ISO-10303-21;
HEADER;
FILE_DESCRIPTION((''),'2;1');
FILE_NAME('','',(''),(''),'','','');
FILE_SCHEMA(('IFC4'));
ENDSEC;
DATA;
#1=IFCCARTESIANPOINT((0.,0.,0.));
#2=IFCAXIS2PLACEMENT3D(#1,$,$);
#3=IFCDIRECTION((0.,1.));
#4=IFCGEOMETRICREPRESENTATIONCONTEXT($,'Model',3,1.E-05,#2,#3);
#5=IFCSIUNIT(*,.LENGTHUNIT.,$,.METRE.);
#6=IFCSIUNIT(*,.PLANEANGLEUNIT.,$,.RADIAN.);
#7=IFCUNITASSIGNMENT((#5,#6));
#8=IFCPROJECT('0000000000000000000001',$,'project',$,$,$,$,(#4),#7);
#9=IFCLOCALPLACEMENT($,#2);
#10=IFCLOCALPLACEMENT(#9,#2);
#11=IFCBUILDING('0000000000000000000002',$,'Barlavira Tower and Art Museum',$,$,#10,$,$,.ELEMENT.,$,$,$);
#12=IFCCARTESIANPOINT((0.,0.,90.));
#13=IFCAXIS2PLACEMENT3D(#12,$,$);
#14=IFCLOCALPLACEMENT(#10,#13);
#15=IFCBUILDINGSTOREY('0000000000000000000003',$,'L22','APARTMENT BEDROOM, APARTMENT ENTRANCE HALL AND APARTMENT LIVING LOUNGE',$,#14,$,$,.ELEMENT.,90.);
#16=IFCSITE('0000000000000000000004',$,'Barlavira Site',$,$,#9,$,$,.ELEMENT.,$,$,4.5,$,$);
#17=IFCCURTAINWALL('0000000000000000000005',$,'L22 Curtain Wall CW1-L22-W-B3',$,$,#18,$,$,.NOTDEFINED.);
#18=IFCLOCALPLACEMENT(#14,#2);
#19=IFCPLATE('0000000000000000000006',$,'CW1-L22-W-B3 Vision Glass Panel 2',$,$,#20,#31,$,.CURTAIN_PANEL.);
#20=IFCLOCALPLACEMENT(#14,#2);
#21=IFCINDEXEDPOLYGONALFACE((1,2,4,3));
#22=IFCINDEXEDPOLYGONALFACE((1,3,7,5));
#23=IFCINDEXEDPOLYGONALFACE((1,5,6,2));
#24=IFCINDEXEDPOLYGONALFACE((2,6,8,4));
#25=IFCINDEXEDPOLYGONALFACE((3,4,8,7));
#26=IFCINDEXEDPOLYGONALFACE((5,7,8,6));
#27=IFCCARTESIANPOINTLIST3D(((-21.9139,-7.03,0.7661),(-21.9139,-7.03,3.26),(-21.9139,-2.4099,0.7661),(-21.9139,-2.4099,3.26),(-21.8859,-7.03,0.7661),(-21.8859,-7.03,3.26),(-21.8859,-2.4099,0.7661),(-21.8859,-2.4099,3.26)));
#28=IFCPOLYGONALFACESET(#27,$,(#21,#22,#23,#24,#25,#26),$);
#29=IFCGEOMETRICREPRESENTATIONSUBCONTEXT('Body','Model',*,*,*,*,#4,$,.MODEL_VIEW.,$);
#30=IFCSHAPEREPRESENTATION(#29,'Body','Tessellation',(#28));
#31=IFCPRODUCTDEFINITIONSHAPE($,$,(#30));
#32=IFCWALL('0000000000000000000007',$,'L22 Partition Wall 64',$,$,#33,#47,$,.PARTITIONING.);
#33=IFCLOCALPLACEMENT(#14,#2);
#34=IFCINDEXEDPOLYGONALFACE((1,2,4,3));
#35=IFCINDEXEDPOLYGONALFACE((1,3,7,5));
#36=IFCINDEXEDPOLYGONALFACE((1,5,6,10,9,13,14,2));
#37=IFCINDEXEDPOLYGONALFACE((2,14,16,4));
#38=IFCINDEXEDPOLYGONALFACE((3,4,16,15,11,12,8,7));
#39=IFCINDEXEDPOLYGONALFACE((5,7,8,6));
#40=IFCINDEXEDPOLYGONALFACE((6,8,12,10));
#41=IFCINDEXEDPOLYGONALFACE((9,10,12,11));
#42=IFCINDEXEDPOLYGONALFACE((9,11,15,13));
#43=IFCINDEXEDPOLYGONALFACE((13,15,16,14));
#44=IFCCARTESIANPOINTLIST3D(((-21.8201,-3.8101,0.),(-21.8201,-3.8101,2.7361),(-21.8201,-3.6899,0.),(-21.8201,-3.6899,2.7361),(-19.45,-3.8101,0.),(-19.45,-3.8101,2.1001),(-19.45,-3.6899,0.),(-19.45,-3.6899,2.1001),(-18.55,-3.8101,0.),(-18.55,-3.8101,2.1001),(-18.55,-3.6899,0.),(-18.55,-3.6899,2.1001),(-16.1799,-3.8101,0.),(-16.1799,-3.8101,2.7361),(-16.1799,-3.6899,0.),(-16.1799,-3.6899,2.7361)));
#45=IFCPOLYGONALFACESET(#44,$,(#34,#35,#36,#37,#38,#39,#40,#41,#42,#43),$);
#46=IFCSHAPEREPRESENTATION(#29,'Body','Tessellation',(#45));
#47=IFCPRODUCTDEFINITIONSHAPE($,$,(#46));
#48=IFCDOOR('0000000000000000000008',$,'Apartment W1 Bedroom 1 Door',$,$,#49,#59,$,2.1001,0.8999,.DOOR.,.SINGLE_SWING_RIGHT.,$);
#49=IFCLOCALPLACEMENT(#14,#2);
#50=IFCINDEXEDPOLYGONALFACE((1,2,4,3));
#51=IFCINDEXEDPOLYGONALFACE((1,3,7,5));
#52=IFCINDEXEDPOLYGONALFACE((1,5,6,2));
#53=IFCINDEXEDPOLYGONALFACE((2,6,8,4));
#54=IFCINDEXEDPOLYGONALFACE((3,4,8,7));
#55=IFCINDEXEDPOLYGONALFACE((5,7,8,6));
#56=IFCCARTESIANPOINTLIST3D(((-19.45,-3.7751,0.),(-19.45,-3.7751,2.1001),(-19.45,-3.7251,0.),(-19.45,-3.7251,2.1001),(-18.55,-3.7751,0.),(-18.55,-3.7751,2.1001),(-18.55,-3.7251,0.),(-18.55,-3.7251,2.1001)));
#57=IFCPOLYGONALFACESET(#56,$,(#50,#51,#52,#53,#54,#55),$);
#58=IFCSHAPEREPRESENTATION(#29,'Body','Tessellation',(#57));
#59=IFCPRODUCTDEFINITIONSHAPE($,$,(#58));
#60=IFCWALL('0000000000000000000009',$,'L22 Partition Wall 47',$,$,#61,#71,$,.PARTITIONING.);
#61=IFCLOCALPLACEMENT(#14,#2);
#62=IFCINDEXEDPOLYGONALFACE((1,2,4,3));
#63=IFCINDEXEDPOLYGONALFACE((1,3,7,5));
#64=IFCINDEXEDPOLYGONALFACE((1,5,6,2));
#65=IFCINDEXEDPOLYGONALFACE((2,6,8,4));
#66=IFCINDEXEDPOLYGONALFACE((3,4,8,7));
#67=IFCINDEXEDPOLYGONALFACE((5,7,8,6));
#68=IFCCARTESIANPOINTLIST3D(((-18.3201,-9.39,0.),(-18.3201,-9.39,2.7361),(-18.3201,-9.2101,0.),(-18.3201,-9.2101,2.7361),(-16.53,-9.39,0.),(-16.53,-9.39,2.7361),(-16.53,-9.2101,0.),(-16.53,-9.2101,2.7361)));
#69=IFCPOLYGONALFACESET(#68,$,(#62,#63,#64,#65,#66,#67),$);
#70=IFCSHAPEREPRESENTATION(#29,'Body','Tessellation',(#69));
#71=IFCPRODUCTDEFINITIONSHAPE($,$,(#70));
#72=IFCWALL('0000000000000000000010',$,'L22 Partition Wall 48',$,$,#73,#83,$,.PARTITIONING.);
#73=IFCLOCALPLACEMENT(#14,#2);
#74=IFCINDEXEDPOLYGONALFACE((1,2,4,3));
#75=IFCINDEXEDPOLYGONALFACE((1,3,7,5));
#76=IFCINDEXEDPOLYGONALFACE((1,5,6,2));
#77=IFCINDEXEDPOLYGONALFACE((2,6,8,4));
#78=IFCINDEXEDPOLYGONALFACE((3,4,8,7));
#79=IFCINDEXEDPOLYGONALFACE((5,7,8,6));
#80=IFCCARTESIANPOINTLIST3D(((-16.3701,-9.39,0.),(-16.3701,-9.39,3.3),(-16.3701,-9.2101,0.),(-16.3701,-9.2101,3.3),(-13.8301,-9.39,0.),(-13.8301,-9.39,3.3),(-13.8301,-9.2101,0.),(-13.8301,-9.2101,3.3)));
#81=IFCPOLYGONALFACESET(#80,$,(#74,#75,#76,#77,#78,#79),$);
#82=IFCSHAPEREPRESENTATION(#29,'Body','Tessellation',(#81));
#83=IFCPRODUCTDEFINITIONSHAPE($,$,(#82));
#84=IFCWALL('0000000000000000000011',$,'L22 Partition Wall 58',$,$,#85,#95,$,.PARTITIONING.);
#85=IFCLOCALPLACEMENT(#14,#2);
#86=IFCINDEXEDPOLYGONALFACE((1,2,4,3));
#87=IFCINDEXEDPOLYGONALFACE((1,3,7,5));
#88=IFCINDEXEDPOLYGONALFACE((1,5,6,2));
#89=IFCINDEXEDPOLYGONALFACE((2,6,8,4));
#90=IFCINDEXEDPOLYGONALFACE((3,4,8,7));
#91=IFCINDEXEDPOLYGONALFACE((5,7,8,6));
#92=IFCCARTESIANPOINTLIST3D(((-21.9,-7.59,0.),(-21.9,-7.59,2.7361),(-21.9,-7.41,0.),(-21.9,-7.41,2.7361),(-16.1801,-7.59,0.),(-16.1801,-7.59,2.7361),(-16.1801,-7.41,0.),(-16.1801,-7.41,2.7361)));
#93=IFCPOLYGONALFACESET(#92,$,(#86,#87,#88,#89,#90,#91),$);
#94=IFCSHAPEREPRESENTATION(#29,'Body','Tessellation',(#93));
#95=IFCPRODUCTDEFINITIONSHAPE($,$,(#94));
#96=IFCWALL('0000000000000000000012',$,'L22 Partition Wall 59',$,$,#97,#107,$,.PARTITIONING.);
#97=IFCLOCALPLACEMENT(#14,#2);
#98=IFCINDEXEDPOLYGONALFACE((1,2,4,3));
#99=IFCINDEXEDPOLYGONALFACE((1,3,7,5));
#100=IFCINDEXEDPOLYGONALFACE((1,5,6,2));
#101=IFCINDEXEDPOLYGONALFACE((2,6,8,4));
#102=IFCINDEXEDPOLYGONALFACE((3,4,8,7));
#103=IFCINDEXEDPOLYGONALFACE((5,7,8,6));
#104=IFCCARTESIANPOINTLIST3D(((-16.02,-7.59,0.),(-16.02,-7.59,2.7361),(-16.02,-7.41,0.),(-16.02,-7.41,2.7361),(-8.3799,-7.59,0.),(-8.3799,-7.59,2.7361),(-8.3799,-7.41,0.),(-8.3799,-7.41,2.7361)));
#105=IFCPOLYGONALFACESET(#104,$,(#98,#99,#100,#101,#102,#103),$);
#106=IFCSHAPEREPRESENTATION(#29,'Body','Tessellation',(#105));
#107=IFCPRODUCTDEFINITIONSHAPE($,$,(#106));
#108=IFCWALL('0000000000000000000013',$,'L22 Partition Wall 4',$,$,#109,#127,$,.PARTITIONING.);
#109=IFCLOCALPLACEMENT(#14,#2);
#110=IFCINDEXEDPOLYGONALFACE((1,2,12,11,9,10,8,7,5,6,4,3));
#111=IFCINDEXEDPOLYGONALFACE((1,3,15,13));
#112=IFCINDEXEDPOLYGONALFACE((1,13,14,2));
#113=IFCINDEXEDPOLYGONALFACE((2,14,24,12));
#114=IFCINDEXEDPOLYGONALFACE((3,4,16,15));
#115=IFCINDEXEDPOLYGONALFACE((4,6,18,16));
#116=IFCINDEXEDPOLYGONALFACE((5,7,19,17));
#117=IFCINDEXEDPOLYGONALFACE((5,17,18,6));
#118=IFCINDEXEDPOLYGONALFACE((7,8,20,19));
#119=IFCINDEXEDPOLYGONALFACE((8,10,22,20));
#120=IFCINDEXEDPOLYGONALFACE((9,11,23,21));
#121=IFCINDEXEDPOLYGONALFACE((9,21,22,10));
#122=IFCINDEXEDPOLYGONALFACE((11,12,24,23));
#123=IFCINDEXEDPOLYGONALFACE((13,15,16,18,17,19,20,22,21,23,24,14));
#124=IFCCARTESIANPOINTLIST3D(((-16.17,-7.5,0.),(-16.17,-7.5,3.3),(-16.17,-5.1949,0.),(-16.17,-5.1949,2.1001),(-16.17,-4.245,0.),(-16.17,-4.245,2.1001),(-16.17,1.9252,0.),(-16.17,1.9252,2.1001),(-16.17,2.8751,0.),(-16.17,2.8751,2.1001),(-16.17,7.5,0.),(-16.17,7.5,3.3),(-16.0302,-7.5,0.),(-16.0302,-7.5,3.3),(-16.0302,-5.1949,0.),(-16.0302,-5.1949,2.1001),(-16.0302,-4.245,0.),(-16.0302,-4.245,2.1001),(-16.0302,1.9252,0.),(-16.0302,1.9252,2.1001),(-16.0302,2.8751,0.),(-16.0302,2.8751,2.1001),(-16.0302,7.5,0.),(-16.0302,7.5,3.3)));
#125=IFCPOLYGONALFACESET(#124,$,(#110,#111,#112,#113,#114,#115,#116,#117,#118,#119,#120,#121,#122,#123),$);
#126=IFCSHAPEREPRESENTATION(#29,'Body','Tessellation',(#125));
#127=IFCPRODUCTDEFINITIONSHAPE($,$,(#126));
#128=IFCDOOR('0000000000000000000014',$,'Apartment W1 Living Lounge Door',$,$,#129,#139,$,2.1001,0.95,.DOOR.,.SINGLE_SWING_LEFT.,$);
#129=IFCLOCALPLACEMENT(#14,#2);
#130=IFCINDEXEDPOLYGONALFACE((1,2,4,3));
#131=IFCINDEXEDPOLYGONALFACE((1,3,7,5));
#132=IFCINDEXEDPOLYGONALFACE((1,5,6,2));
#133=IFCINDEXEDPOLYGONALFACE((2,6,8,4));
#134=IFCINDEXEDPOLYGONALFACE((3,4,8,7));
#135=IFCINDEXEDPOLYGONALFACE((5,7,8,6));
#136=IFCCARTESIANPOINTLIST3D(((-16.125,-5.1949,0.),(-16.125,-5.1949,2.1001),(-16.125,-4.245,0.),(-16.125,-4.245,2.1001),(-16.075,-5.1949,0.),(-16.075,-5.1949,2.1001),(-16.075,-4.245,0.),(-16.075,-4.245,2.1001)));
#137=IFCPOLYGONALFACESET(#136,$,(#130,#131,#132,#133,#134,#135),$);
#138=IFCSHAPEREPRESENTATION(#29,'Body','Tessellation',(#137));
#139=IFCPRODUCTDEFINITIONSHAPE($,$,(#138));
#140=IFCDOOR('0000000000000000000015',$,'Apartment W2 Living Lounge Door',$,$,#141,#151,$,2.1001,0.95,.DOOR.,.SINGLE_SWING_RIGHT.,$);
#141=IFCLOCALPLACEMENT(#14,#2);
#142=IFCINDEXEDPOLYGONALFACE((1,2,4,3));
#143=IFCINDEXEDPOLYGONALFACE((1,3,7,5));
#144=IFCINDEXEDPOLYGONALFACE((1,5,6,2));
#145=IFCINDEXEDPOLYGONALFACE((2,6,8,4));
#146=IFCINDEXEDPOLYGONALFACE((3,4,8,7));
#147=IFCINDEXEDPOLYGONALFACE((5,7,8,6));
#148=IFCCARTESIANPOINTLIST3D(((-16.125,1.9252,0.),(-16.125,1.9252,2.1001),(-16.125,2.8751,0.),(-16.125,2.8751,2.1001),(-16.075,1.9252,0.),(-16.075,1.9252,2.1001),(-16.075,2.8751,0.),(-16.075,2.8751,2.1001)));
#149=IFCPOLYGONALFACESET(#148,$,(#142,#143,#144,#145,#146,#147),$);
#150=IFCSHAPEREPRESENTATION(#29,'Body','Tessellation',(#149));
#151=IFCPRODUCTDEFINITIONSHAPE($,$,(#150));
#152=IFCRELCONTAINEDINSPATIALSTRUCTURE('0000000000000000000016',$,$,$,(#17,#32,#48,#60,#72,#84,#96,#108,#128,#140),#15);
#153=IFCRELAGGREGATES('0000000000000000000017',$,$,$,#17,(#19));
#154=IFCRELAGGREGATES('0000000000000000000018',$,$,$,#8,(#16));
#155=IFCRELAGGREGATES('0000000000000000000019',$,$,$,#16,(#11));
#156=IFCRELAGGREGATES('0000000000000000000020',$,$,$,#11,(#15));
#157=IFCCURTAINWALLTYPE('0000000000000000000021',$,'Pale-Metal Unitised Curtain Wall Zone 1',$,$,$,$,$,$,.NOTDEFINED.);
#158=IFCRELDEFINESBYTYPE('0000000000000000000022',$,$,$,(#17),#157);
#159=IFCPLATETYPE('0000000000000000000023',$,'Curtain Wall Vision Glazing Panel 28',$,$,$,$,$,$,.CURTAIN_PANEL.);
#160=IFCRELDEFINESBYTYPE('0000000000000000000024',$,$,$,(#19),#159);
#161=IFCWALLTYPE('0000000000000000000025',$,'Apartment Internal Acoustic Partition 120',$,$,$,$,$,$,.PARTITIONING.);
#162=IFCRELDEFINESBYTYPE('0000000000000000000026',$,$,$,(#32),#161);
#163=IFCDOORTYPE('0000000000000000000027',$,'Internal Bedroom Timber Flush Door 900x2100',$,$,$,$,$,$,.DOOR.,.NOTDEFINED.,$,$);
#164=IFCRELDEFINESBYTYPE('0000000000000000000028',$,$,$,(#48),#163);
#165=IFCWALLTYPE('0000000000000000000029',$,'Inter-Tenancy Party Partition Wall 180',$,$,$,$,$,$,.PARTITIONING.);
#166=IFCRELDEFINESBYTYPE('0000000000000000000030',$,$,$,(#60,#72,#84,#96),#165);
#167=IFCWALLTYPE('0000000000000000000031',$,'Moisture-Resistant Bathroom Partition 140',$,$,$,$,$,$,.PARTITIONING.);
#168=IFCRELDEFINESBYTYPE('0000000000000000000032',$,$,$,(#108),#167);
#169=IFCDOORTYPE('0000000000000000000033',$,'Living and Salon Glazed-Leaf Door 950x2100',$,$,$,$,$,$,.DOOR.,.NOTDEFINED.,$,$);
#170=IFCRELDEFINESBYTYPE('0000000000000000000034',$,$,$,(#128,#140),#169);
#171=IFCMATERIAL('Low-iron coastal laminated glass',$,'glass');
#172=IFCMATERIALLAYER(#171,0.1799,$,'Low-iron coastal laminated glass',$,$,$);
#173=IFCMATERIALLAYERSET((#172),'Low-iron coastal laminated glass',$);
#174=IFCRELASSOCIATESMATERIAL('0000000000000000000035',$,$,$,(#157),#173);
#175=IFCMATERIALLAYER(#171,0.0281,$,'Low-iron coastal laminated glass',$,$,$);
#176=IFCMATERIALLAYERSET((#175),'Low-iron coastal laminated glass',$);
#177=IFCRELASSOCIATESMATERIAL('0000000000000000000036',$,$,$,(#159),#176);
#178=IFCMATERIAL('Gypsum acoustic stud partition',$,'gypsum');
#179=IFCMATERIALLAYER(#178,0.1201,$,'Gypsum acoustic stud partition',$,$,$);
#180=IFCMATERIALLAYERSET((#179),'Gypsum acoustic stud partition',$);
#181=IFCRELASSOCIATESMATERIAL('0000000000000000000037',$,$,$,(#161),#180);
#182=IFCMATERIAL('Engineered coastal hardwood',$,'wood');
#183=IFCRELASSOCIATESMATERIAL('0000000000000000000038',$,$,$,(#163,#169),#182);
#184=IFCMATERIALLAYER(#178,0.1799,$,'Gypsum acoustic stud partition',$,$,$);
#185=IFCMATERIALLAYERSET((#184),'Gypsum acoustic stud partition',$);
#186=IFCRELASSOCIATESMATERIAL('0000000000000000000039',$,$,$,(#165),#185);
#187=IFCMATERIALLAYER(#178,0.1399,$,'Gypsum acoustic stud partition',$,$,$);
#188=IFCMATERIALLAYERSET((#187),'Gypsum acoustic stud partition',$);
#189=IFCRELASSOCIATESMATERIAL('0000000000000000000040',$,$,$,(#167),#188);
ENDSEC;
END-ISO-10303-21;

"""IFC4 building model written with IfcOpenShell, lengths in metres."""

from ifc_helpers import new_model, si_unit, direction, frame, frame_2d, origin, origin_2d, place, context, subcontext, project, spatial, rectangle, extrude, material, layer, layer_set, type_object, element, fill, aggregate, save


model = new_model("IFC4")

# Units and contexts
model_context = context("Model", 3, precision=1e-05, world=origin(), true_north=direction((0.0, 1.0)))
body_context = subcontext(model_context, "Body", "Model", "MODEL_VIEW")
ifc_project = project(units=[si_unit("LENGTHUNIT", "METRE"), si_unit("PLANEANGLEUNIT", "RADIAN")], contexts=[model_context])

# Site, building, storey
site_placement = place(None, origin())
site = spatial("IfcSite", under=ifc_project, at=site_placement, Name="Barlavira Site", CompositionType="ELEMENT", RefElevation=4.5)
building_placement = place(site_placement, origin())
building = spatial("IfcBuilding", under=site, at=building_placement, Name="Barlavira Tower and Art Museum", CompositionType="ELEMENT")
storey_placement = place(building_placement, frame((0.0, 0.0, 90.0)))
storey = spatial("IfcBuildingStorey", under=building, at=storey_placement, Name="L22", Description="APARTMENT BEDROOM, APARTMENT ENTRANCE HALL AND APARTMENT LIVING LOUNGE", CompositionType="ELEMENT", Elevation=90.0)

# Curtain wall
ifc_material_1 = material(Name="Low-iron coastal laminated glass", Category="glass")
ifc_layer_1 = layer(ifc_material_1, 0.1799, Name="Low-iron coastal laminated glass")
ifc_layer_set_1 = layer_set([ifc_layer_1], Name="Low-iron coastal laminated glass")
curtain_wall_type = type_object("IfcCurtainWallType", Name="Pale-Metal Unitised Curtain Wall Zone 1", PredefinedType="NOTDEFINED", material=ifc_layer_set_1)
curtain_wall_placement = place(storey_placement, origin())
curtain_wall = element("IfcCurtainWall", 1, at=curtain_wall_placement, inside=storey, type_object=curtain_wall_type, Name="L22 Curtain Wall CW1-L22-W-B3", PredefinedType="NOTDEFINED")

# Plate
ifc_layer_2 = layer(ifc_material_1, 0.0281, Name="Low-iron coastal laminated glass")
ifc_layer_set_2 = layer_set([ifc_layer_2], Name="Low-iron coastal laminated glass")
plate_type_1 = type_object("IfcPlateType", Name="Curtain Wall Vision Glazing Panel 28", PredefinedType="CURTAIN_PANEL", material=ifc_layer_set_2)
plate_1_placement = place(storey_placement, frame((-21.8999, -4.72, 0.7661), z_axis=(0.0, 0.0, 1.0), x_axis=(0.0, -1.0, 0.0)))
plate_1 = element("IfcPlate", 2, at=plate_1_placement, type_object=plate_type_1, Name="CW1-L22-W-B3 Vision Glass Panel 2", PredefinedType="CURTAIN_PANEL", context=body_context, shape_type="SweptSolid", body=[
    extrude(rectangle(XDim=4.6201, YDim=0.0281, at=origin_2d()), origin(), (0.0, 0.0, 1.0), 2.4939),
])
aggregate(curtain_wall, [plate_1])

# Wall, opening, door
ifc_material_2 = material(Name="Gypsum acoustic stud partition", Category="gypsum")
ifc_layer_3 = layer(ifc_material_2, 0.1201, Name="Gypsum acoustic stud partition")
ifc_layer_set_3 = layer_set([ifc_layer_3], Name="Gypsum acoustic stud partition")
wall_type_1 = type_object("IfcWallType", Name="Apartment Internal Acoustic Partition 120", PredefinedType="PARTITIONING", material=ifc_layer_set_3)
wall_1_placement = place(storey_placement, frame((-21.8201, -3.75, 0.0), z_axis=(0.0, 0.0, 1.0), x_axis=(1.0, 0.0, 0.0)))
wall_1 = element("IfcWall", 3, at=wall_1_placement, inside=storey, type_object=wall_type_1, Name="L22 Partition Wall 64", PredefinedType="PARTITIONING", context=body_context, shape_type="SweptSolid", body=[
    extrude(rectangle(XDim=5.6401, YDim=0.1201, at=frame_2d((2.8201, 0.0))), origin(), (0.0, 0.0, 1.0), 2.7361),
])
opening_1_placement = place(wall_1_placement, frame((2.3701, 0.0, 0.0)))
opening_1 = element("IfcOpeningElement", 4, at=opening_1_placement, cuts=wall_1, PredefinedType="OPENING", context=body_context, shape_type="SweptSolid", body=[
    extrude(rectangle(XDim=0.8999, YDim=2.1001, at=frame_2d((0.45, 1.05))), frame((0.0, 0.0701, 0.0), z_axis=(0.0, -1.0, 0.0), x_axis=(1.0, 0.0, 0.0)), (0.0, 0.0, 1.0), 0.1401),
])
ifc_material_3 = material(Name="Engineered coastal hardwood", Category="wood")
door_type_1 = type_object("IfcDoorType", Name="Internal Bedroom Timber Flush Door 900x2100", OperationType="NOTDEFINED", PredefinedType="DOOR", material=ifc_material_3)
door_1_placement = place(opening_1_placement, origin())
door_1 = element("IfcDoor", 5, at=door_1_placement, inside=storey, type_object=door_type_1, Name="Apartment W1 Bedroom 1 Door", OperationType="SINGLE_SWING_RIGHT", OverallHeight=2.1001, OverallWidth=0.8999, PredefinedType="DOOR", context=body_context, shape_type="SweptSolid", body=[
    extrude(rectangle(XDim=0.8999, YDim=2.1001, at=frame_2d((0.45, 1.05))), frame((0.0, 0.0249, 0.0), z_axis=(0.0, -1.0, 0.0), x_axis=(1.0, 0.0, 0.0)), (0.0, 0.0, 1.0), 0.05),
])
fill(opening_1, door_1)

# Walls
ifc_layer_4 = layer(ifc_material_2, 0.1799, Name="Gypsum acoustic stud partition")
ifc_layer_set_4 = layer_set([ifc_layer_4], Name="Gypsum acoustic stud partition")
wall_type_2 = type_object("IfcWallType", Name="Inter-Tenancy Party Partition Wall 180", PredefinedType="PARTITIONING", material=ifc_layer_set_4)
wall_2_placement = place(storey_placement, frame((-18.3201, -9.3, 0.0), z_axis=(0.0, 0.0, 1.0), x_axis=(1.0, 0.0, 0.0)))
element("IfcWall", 6, at=wall_2_placement, inside=storey, type_object=wall_type_2, Name="L22 Partition Wall 47", PredefinedType="PARTITIONING", context=body_context, shape_type="SweptSolid", body=[
    extrude(rectangle(XDim=1.79, YDim=0.1799, at=frame_2d((0.895, 0.0))), origin(), (0.0, 0.0, 1.0), 2.7361),
])
wall_3_placement = place(storey_placement, frame((-16.3701, -9.3, 0.0), z_axis=(0.0, 0.0, 1.0), x_axis=(1.0, 0.0, 0.0)))
element("IfcWall", 7, at=wall_3_placement, inside=storey, type_object=wall_type_2, Name="L22 Partition Wall 48", PredefinedType="PARTITIONING", context=body_context, shape_type="SweptSolid", body=[
    extrude(rectangle(XDim=2.54, YDim=0.1799, at=frame_2d((1.27, 0.0))), origin(), (0.0, 0.0, 1.0), 3.3),
])
wall_4_placement = place(storey_placement, frame((-21.8999, -7.5, 0.0), z_axis=(0.0, 0.0, 1.0), x_axis=(1.0, 0.0, 0.0)))
element("IfcWall", 8, at=wall_4_placement, inside=storey, type_object=wall_type_2, Name="L22 Partition Wall 58", PredefinedType="PARTITIONING", context=body_context, shape_type="SweptSolid", body=[
    extrude(rectangle(XDim=5.72, YDim=0.1799, at=frame_2d((2.8599, 0.0))), origin(), (0.0, 0.0, 1.0), 2.7361),
])
wall_5_placement = place(storey_placement, frame((-16.02, -7.5, 0.0), z_axis=(0.0, 0.0, 1.0), x_axis=(1.0, 0.0, 0.0)))
element("IfcWall", 9, at=wall_5_placement, inside=storey, type_object=wall_type_2, Name="L22 Partition Wall 59", PredefinedType="PARTITIONING", context=body_context, shape_type="SweptSolid", body=[
    extrude(rectangle(XDim=7.6401, YDim=0.1799, at=frame_2d((3.8201, 0.0))), origin(), (0.0, 0.0, 1.0), 2.7361),
])

# Wall, openings, doors
ifc_layer_5 = layer(ifc_material_2, 0.1399, Name="Gypsum acoustic stud partition")
ifc_layer_set_5 = layer_set([ifc_layer_5], Name="Gypsum acoustic stud partition")
wall_type_3 = type_object("IfcWallType", Name="Moisture-Resistant Bathroom Partition 140", PredefinedType="PARTITIONING", material=ifc_layer_set_5)
wall_6_placement = place(storey_placement, frame((-16.1001, -7.5, 0.0), z_axis=(0.0, 0.0, 1.0), x_axis=(0.0, 1.0, 0.0)))
wall_6 = element("IfcWall", 10, at=wall_6_placement, inside=storey, type_object=wall_type_3, Name="L22 Partition Wall 4", PredefinedType="PARTITIONING", context=body_context, shape_type="SweptSolid", body=[
    extrude(rectangle(XDim=15.0, YDim=0.1399, at=frame_2d((7.5, 0.0))), origin(), (0.0, 0.0, 1.0), 3.3),
])
opening_2_placement = place(wall_6_placement, frame((2.3049, 0.0, 0.0)))
opening_2 = element("IfcOpeningElement", 11, at=opening_2_placement, cuts=wall_6, PredefinedType="OPENING", context=body_context, shape_type="SweptSolid", body=[
    extrude(rectangle(XDim=0.95, YDim=2.1001, at=frame_2d((0.4751, 1.05))), frame((0.0, 0.0801, 0.0), z_axis=(0.0, -1.0, 0.0), x_axis=(1.0, 0.0, 0.0)), (0.0, 0.0, 1.0), 0.1599),
])
opening_3_placement = place(wall_6_placement, frame((9.425, 0.0, 0.0)))
opening_3 = element("IfcOpeningElement", 12, at=opening_3_placement, cuts=wall_6, PredefinedType="OPENING", context=body_context, shape_type="SweptSolid", body=[
    extrude(rectangle(XDim=0.95, YDim=2.1001, at=frame_2d((0.4751, 1.05))), frame((0.0, 0.0801, 0.0), z_axis=(0.0, -1.0, 0.0), x_axis=(1.0, 0.0, 0.0)), (0.0, 0.0, 1.0), 0.1599),
])
door_type_2 = type_object("IfcDoorType", Name="Living and Salon Glazed-Leaf Door 950x2100", OperationType="NOTDEFINED", PredefinedType="DOOR", material=ifc_material_3)
door_2_placement = place(opening_2_placement, origin())
door_2 = element("IfcDoor", 13, at=door_2_placement, inside=storey, type_object=door_type_2, Name="Apartment W1 Living Lounge Door", OperationType="SINGLE_SWING_LEFT", OverallHeight=2.1001, OverallWidth=0.95, PredefinedType="DOOR", context=body_context, shape_type="SweptSolid", body=[
    extrude(rectangle(XDim=0.95, YDim=2.1001, at=frame_2d((0.4751, 1.05))), frame((0.0, 0.0249, 0.0), z_axis=(0.0, -1.0, 0.0), x_axis=(1.0, 0.0, 0.0)), (0.0, 0.0, 1.0), 0.05),
])
fill(opening_2, door_2)
door_3_placement = place(opening_3_placement, origin())
door_3 = element("IfcDoor", 14, at=door_3_placement, inside=storey, type_object=door_type_2, Name="Apartment W2 Living Lounge Door", OperationType="SINGLE_SWING_RIGHT", OverallHeight=2.1001, OverallWidth=0.95, PredefinedType="DOOR", context=body_context, shape_type="SweptSolid", body=[
    extrude(rectangle(XDim=0.95, YDim=2.1001, at=frame_2d((0.4751, 1.05))), frame((0.0, 0.0249, 0.0), z_axis=(0.0, -1.0, 0.0), x_axis=(1.0, 0.0, 0.0)), (0.0, 0.0, 1.0), 0.05),
])
fill(opening_3, door_3)

save(model, "model.ifc")
